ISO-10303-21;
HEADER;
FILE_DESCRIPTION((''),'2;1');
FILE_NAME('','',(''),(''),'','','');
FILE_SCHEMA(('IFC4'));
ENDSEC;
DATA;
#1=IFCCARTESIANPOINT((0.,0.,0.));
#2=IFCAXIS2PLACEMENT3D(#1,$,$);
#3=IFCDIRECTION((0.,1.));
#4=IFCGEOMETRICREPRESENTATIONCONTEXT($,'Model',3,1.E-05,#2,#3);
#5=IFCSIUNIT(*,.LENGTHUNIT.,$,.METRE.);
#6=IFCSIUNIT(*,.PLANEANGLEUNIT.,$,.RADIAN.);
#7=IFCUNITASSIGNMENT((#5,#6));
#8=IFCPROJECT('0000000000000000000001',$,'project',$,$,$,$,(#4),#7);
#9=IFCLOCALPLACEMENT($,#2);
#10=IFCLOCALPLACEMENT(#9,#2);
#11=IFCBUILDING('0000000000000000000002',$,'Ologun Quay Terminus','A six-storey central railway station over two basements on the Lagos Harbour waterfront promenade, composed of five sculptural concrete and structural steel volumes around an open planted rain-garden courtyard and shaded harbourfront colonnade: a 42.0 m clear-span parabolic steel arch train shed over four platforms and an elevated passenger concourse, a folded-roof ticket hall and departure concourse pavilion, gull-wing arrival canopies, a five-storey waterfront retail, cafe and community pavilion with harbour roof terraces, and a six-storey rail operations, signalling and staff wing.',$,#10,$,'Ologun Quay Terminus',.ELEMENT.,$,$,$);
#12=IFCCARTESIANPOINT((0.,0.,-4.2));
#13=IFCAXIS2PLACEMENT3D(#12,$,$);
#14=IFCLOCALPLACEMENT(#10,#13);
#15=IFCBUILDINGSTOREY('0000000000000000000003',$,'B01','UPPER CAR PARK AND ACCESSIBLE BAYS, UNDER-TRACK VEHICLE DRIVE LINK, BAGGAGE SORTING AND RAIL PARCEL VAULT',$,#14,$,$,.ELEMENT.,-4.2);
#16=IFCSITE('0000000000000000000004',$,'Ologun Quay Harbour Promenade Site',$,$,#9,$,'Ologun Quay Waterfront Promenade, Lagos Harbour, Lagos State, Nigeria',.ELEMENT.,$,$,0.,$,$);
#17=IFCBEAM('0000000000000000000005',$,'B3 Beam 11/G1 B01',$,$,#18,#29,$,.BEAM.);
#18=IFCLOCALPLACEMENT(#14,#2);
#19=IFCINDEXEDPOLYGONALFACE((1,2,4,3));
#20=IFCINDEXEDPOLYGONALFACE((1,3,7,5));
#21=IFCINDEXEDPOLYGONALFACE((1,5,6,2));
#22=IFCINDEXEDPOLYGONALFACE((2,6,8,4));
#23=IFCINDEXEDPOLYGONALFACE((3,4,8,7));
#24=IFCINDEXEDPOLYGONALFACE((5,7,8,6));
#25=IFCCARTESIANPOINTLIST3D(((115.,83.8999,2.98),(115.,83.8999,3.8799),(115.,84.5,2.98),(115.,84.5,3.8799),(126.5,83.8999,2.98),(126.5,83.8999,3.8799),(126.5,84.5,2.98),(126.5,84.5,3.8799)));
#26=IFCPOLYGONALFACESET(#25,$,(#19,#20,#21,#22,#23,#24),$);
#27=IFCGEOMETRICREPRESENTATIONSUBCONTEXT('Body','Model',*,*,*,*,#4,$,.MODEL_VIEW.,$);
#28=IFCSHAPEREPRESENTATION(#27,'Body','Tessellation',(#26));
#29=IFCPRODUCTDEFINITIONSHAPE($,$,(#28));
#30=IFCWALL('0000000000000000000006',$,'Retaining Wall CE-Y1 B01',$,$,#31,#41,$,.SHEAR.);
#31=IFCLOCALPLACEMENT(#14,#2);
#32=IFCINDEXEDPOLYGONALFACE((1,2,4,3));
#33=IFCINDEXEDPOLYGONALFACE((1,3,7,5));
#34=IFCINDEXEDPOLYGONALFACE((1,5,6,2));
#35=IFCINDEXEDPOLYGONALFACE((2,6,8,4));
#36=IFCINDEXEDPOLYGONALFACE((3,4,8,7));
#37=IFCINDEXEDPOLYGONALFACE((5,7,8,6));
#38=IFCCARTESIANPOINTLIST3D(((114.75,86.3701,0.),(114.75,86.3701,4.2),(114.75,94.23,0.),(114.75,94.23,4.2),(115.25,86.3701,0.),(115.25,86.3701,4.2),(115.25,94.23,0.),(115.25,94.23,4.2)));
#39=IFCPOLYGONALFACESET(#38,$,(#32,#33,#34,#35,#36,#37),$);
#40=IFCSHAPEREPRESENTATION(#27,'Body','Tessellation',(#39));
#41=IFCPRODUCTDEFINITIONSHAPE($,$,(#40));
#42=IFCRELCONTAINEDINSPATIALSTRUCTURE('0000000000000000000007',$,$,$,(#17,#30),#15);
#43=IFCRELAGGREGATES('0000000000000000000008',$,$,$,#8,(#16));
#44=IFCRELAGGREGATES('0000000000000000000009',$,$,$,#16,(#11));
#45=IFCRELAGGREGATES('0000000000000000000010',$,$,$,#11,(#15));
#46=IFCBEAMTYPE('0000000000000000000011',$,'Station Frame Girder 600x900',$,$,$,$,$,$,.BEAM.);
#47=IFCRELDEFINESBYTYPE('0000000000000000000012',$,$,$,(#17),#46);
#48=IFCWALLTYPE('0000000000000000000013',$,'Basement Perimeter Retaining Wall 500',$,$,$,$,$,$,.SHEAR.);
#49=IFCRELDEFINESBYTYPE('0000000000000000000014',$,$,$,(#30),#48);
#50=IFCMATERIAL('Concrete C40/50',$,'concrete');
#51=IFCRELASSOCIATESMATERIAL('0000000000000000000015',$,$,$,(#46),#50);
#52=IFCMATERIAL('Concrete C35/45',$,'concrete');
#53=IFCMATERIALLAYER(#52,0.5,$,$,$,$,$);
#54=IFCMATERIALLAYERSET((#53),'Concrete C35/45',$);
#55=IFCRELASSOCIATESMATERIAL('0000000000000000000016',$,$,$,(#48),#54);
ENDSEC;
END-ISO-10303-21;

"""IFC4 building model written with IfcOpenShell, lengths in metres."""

from ifc_helpers import new_model, si_unit, direction, frame, frame_2d, origin, origin_2d, place, context, subcontext, project, spatial, rectangle, extrude, material, layer, layer_set, material_profile, profile_set, type_object, element, save


model = new_model("IFC4")

# Units and contexts
model_context = context("Model", 3, precision=1e-05, world=origin(), true_north=direction((0.0, 1.0)))
body_context = subcontext(model_context, "Body", "Model", "MODEL_VIEW")
ifc_project = project(units=[si_unit("LENGTHUNIT", "METRE"), si_unit("PLANEANGLEUNIT", "RADIAN")], contexts=[model_context])

# Site, building, storey
site_placement = place(None, origin())
site = spatial("IfcSite", under=ifc_project, at=site_placement, Name="Ologun Quay Harbour Promenade Site", LongName="Ologun Quay Waterfront Promenade, Lagos Harbour, Lagos State, Nigeria", CompositionType="ELEMENT", RefElevation=0.0)
building_placement = place(site_placement, origin())
building = spatial("IfcBuilding", under=site, at=building_placement, Name="Ologun Quay Terminus", Description="A six-storey central railway station over two basements on the Lagos Harbour waterfront promenade, composed of five sculptural concrete and structural steel volumes around an open planted rain-garden courtyard and shaded harbourfront colonnade: a 42.0 m clear-span parabolic steel arch train shed over four platforms and an elevated passenger concourse, a folded-roof ticket hall and departure concourse pavilion, gull-wing arrival canopies, a five-storey waterfront retail, cafe and community pavilion with harbour roof terraces, and a six-storey rail operations, signalling and staff wing.", LongName="Ologun Quay Terminus", CompositionType="ELEMENT")
storey_placement = place(building_placement, frame((0.0, 0.0, -4.2)))
storey = spatial("IfcBuildingStorey", under=building, at=storey_placement, Name="B01", Description="UPPER CAR PARK AND ACCESSIBLE BAYS, UNDER-TRACK VEHICLE DRIVE LINK, BAGGAGE SORTING AND RAIL PARCEL VAULT", CompositionType="ELEMENT", Elevation=-4.2)

# Beam
ifc_material_1 = material(Name="Concrete C40/50", Category="concrete")
ifc_material_profile_1 = material_profile(ifc_material_1, rectangle(XDim=0.6001, YDim=0.8999, at=origin_2d()), Name="RC 600x900")
ifc_profile_set_1 = profile_set([ifc_material_profile_1], Name="Concrete C40/50")
beam_type_1 = type_object("IfcBeamType", Name="Station Frame Girder 600x900", PredefinedType="BEAM", material=ifc_profile_set_1)
for number, where, z_axis, x_axis, name in (
    (1, (115.0, 84.2, 3.4299), (1.0, 0.0, 0.0), (0.0, 1.0, 0.0), "B3 Beam 11/G1 B01"),
):
    element("IfcBeam", number, at=place(storey_placement, frame(where, z_axis=z_axis, x_axis=x_axis)), inside=storey, type_object=beam_type_1, Name=name, PredefinedType="BEAM", context=body_context, shape_type="SweptSolid", body=[
        extrude(rectangle(XDim=0.6001, YDim=0.8999, at=origin_2d()), origin(), (0.0, 0.0, 1.0), 11.5),
    ])

# Wall
ifc_material_2 = material(Name="Concrete C35/45", Category="concrete")
ifc_layer = layer(ifc_material_2, 0.5)
ifc_layer_set = layer_set([ifc_layer], Name="Concrete C35/45")
wall_type = type_object("IfcWallType", Name="Basement Perimeter Retaining Wall 500", PredefinedType="SHEAR", material=ifc_layer_set)
wall_placement = place(storey_placement, frame((115.0, 86.3701, 0.0), z_axis=(0.0, 0.0, 1.0), x_axis=(0.0, 1.0, 0.0)))
element("IfcWall", 2, at=wall_placement, inside=storey, type_object=wall_type, Name="Retaining Wall CE-Y1 B01", PredefinedType="SHEAR", context=body_context, shape_type="SweptSolid", body=[
    extrude(rectangle(XDim=7.8599, YDim=0.5, at=frame_2d((3.9299, 0.0))), origin(), (0.0, 0.0, 1.0), 4.2),
])

save(model, "model.ifc")
